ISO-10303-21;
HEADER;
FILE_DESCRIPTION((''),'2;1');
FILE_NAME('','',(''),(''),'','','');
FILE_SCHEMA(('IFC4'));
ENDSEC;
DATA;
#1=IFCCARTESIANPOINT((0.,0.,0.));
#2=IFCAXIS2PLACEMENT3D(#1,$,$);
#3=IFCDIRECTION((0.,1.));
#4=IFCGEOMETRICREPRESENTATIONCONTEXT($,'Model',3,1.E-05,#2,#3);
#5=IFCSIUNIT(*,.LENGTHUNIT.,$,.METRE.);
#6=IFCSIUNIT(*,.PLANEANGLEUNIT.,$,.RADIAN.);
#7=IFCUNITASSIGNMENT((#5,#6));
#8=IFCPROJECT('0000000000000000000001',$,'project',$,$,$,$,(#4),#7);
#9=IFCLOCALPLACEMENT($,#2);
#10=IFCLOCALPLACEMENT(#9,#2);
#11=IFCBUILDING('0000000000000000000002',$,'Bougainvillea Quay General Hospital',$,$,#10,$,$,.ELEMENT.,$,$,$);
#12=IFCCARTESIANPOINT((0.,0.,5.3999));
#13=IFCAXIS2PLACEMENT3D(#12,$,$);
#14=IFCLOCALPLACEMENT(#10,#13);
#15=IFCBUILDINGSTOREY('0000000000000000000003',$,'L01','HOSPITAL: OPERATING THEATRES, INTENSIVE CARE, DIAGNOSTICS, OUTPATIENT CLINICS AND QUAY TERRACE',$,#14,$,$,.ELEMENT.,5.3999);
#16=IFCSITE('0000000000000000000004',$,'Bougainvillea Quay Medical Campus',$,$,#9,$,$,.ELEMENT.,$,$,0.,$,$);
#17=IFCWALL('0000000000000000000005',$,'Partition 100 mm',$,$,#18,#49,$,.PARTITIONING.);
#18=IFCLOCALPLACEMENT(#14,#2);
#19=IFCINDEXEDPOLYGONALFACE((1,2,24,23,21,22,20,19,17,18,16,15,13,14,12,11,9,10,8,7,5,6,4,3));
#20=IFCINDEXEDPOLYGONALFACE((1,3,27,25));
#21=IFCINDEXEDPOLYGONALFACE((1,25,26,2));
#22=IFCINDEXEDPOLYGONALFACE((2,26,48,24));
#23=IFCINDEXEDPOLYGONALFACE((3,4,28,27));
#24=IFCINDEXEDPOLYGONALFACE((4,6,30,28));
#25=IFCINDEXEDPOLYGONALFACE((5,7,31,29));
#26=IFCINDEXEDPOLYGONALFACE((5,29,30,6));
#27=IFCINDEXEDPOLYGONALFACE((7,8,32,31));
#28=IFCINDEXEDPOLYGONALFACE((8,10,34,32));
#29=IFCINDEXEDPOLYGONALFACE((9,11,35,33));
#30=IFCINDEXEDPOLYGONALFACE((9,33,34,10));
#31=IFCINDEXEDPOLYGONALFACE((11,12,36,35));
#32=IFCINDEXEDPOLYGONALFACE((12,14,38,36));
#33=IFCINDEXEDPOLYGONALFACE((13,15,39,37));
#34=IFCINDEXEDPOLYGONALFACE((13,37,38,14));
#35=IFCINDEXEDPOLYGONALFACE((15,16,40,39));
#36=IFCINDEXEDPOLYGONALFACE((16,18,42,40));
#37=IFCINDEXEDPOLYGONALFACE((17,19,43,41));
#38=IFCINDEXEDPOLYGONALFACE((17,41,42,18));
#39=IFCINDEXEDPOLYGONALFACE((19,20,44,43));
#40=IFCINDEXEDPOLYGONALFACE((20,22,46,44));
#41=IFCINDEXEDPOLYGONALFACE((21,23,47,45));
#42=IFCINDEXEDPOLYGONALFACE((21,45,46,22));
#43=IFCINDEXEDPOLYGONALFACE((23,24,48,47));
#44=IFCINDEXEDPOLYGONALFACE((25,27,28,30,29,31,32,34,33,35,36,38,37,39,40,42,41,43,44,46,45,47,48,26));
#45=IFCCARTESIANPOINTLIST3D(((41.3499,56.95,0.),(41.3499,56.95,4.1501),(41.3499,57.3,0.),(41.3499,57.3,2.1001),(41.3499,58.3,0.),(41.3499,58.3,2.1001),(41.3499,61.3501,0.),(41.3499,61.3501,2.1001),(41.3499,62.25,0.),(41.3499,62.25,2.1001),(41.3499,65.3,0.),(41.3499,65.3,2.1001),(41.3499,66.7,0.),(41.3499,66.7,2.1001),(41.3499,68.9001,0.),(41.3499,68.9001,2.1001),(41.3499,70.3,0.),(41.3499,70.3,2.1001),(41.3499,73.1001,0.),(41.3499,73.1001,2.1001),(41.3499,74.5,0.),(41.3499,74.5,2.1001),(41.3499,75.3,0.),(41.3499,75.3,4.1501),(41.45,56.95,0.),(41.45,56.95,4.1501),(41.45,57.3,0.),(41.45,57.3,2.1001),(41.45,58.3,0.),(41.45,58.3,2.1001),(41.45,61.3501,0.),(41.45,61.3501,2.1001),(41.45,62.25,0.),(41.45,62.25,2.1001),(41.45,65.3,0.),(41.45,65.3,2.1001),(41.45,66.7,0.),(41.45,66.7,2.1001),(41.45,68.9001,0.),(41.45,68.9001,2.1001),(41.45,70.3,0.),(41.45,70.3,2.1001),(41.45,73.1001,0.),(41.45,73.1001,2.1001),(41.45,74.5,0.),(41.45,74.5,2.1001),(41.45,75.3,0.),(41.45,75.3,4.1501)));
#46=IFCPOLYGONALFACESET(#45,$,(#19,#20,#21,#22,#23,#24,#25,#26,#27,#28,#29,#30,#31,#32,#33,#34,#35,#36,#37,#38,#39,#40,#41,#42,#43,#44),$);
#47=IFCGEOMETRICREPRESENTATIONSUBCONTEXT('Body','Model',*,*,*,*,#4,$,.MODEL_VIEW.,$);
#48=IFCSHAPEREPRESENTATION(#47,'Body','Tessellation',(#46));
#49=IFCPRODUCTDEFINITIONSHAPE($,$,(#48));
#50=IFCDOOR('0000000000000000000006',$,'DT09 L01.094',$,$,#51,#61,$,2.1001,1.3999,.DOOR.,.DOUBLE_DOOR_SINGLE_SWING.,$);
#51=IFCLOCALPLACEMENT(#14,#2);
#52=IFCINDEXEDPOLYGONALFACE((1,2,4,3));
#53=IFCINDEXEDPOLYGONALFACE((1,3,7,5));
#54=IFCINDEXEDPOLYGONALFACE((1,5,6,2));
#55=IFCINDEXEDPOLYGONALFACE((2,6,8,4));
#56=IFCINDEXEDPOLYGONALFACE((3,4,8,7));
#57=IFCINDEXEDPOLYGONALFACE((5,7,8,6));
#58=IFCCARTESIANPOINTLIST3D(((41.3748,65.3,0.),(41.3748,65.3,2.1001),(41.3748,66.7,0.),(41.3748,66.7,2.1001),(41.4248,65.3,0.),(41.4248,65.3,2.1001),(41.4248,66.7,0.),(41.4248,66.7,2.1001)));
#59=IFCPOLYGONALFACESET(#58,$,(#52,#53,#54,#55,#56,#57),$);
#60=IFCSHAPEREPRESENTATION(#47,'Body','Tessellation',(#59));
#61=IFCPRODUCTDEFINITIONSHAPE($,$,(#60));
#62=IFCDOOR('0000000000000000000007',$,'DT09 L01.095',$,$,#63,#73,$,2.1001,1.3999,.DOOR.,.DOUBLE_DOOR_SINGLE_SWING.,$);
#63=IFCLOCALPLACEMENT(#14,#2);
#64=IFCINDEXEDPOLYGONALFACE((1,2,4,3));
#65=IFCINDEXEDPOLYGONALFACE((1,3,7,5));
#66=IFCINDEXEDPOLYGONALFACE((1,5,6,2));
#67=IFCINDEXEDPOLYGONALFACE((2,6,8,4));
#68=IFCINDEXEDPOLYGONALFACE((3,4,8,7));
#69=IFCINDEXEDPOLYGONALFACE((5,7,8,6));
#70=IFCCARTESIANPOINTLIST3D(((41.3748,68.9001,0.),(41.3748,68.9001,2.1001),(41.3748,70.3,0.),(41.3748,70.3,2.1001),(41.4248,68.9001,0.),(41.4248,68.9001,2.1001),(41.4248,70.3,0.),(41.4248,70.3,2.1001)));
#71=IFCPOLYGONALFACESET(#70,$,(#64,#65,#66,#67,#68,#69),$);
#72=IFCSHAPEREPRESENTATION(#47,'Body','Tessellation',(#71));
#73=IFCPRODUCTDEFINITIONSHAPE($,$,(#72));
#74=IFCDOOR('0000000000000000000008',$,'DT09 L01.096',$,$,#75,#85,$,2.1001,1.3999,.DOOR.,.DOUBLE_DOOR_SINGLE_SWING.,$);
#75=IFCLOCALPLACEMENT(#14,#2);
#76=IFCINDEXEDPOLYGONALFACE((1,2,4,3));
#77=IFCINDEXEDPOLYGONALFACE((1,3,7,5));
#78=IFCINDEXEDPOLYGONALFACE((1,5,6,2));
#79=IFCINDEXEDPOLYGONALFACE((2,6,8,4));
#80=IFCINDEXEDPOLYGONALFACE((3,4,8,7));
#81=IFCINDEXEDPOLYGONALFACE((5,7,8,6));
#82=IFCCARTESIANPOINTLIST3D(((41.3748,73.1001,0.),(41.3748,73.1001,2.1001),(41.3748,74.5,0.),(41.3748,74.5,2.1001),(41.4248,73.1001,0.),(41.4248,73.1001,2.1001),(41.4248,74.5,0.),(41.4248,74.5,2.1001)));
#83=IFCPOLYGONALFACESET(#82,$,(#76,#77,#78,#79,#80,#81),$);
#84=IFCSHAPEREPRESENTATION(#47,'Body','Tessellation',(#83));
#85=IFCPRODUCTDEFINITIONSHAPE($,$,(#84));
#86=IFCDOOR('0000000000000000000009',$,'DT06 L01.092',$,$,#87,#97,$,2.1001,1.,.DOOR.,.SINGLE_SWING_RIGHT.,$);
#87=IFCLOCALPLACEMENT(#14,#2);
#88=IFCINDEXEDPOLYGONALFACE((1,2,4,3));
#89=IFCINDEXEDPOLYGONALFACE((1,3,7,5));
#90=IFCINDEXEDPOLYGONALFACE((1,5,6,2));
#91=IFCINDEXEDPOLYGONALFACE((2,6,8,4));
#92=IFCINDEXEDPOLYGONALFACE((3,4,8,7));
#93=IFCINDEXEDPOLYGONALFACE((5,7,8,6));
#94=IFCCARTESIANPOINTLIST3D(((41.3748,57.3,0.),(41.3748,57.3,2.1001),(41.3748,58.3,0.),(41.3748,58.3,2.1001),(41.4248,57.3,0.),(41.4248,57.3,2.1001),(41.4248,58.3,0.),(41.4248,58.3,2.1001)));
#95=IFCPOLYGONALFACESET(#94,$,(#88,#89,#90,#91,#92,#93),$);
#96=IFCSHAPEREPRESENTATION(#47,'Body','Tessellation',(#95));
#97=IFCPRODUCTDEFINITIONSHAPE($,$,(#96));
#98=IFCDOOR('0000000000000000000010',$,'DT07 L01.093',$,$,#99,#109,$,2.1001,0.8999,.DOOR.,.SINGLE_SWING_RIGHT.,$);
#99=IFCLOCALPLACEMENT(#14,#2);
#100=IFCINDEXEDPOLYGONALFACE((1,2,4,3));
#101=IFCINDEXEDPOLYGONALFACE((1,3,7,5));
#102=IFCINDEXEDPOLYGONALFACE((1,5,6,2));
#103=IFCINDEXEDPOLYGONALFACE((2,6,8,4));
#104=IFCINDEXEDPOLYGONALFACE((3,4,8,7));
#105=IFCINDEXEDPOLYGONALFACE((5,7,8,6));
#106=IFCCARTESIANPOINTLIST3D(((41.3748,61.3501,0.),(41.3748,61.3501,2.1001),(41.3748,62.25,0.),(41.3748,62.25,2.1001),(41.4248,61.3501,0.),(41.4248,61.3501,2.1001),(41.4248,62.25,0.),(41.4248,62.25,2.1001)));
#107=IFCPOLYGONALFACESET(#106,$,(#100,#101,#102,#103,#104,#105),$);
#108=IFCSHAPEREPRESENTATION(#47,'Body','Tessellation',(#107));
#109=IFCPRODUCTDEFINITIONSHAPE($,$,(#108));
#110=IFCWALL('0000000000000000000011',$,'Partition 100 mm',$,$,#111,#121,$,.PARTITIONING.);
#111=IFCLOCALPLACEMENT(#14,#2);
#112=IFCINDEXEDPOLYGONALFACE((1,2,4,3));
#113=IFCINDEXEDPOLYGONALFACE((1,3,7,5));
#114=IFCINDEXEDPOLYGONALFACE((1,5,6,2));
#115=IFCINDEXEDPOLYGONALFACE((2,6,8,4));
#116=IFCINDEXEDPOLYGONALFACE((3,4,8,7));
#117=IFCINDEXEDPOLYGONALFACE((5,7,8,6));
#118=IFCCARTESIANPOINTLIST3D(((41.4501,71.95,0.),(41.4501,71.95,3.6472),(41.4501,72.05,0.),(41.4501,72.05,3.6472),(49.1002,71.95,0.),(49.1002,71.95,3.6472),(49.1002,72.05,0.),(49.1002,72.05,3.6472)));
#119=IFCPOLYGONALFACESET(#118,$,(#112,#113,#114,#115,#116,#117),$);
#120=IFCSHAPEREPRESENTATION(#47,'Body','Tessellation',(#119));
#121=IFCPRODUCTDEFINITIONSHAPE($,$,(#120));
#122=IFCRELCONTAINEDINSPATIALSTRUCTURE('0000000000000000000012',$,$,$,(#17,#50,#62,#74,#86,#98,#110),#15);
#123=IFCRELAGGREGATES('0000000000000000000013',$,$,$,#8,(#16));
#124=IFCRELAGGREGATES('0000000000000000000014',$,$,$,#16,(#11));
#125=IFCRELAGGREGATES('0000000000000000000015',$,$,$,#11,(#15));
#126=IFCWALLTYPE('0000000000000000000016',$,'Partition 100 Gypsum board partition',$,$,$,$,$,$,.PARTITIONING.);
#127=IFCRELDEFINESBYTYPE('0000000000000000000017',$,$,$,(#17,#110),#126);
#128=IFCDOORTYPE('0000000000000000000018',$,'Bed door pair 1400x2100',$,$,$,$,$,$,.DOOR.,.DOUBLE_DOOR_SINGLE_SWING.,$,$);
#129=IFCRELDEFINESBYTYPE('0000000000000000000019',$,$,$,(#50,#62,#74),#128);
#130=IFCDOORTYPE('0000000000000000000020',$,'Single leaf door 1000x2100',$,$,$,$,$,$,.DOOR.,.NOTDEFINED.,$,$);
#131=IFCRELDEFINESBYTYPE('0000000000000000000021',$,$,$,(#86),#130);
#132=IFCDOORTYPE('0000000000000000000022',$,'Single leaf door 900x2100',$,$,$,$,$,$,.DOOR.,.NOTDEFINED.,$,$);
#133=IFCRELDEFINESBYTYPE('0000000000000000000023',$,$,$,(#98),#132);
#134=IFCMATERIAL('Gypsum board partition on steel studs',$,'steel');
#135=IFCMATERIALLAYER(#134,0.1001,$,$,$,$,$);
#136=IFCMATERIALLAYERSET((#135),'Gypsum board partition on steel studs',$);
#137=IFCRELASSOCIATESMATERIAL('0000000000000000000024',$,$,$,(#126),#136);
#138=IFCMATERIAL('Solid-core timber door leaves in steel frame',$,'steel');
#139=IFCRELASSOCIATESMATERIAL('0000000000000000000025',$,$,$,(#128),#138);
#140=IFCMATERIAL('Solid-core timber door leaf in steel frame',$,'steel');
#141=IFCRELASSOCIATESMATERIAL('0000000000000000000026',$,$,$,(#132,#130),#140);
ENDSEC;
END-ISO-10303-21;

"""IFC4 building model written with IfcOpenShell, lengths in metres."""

from ifc_helpers import new_model, si_unit, direction, frame, frame_2d, origin, place, context, subcontext, project, spatial, rectangle, extrude, material, layer, layer_set, type_object, element, fill, save


model = new_model("IFC4")

# Units and contexts
model_context = context("Model", 3, precision=1e-05, world=origin(), true_north=direction((0.0, 1.0)))
body_context = subcontext(model_context, "Body", "Model", "MODEL_VIEW")
ifc_project = project(units=[si_unit("LENGTHUNIT", "METRE"), si_unit("PLANEANGLEUNIT", "RADIAN")], contexts=[model_context])

# Site, building, storey
site_placement = place(None, origin())
site = spatial("IfcSite", under=ifc_project, at=site_placement, Name="Bougainvillea Quay Medical Campus", CompositionType="ELEMENT", RefElevation=0.0)
building_placement = place(site_placement, origin())
building = spatial("IfcBuilding", under=site, at=building_placement, Name="Bougainvillea Quay General Hospital", CompositionType="ELEMENT")
storey_placement = place(building_placement, frame((0.0, 0.0, 5.3999)))
storey = spatial("IfcBuildingStorey", under=building, at=storey_placement, Name="L01", Description="HOSPITAL: OPERATING THEATRES, INTENSIVE CARE, DIAGNOSTICS, OUTPATIENT CLINICS AND QUAY TERRACE", CompositionType="ELEMENT", Elevation=5.3999)

# Wall, openings, doors
ifc_material_1 = material(Name="Gypsum board partition on steel studs", Category="steel")
ifc_layer_1 = layer(ifc_material_1, 0.1001)
ifc_layer_set_1 = layer_set([ifc_layer_1], Name="Gypsum board partition on steel studs")
wall_type_1 = type_object("IfcWallType", Name="Partition 100 Gypsum board partition", PredefinedType="PARTITIONING", material=ifc_layer_set_1)
ifc_material_2 = material(Name="Solid-core timber door leaves in steel frame", Category="steel")
door_type_1 = type_object("IfcDoorType", Name="Bed door pair 1400x2100", OperationType="DOUBLE_DOOR_SINGLE_SWING", PredefinedType="DOOR", material=ifc_material_2)
ifc_material_3 = material(Name="Solid-core timber door leaf in steel frame", Category="steel")
door_type_2 = type_object("IfcDoorType", Name="Single leaf door 900x2100", OperationType="NOTDEFINED", PredefinedType="DOOR", material=ifc_material_3)
wall_1_placement = place(storey_placement, frame((41.3999, 75.3, 0.0), z_axis=(0.0, 0.0, 1.0), x_axis=(0.0, -1.0, 0.0)))
wall_1 = element("IfcWall", 1, at=wall_1_placement, inside=storey, type_object=wall_type_1, Name="Partition 100 mm", PredefinedType="PARTITIONING", context=body_context, shape_type="SweptSolid", body=[
    extrude(rectangle(XDim=18.3501, YDim=0.1001, at=frame_2d((9.175, 0.0))), origin(), (0.0, 0.0, 1.0), 4.1501),
])
opening_1_placement = place(wall_1_placement, frame((17.0, 0.0, 0.0)))
opening_1 = element("IfcOpeningElement", 2, at=opening_1_placement, cuts=wall_1, PredefinedType="OPENING", context=body_context, shape_type="SweptSolid", body=[
    extrude(rectangle(XDim=1.0, YDim=2.1001, at=frame_2d((0.5, 1.05))), frame((0.0, 0.0601, 0.0), z_axis=(0.0, -1.0, 0.0), x_axis=(1.0, 0.0, 0.0)), (0.0, 0.0, 1.0), 0.1201),
])
opening_2_placement = place(wall_1_placement, frame((13.05, 0.0, 0.0)))
opening_2 = element("IfcOpeningElement", 3, at=opening_2_placement, cuts=wall_1, PredefinedType="OPENING", context=body_context, shape_type="SweptSolid", body=[
    extrude(rectangle(XDim=0.8999, YDim=2.1001, at=frame_2d((0.45, 1.05))), frame((0.0, 0.0601, 0.0), z_axis=(0.0, -1.0, 0.0), x_axis=(1.0, 0.0, 0.0)), (0.0, 0.0, 1.0), 0.1201),
])
opening_3_placement = place(wall_1_placement, frame((8.6001, 0.0, 0.0)))
opening_3 = element("IfcOpeningElement", 4, at=opening_3_placement, cuts=wall_1, PredefinedType="OPENING", context=body_context, shape_type="SweptSolid", body=[
    extrude(rectangle(XDim=1.3999, YDim=2.1001, at=frame_2d((0.7, 1.05))), frame((0.0, 0.0601, 0.0), z_axis=(0.0, -1.0, 0.0), x_axis=(1.0, 0.0, 0.0)), (0.0, 0.0, 1.0), 0.1201),
])
opening_4_placement = place(wall_1_placement, frame((5.0, 0.0, 0.0)))
opening_4 = element("IfcOpeningElement", 5, at=opening_4_placement, cuts=wall_1, PredefinedType="OPENING", context=body_context, shape_type="SweptSolid", body=[
    extrude(rectangle(XDim=1.3999, YDim=2.1001, at=frame_2d((0.7, 1.05))), frame((0.0, 0.0601, 0.0), z_axis=(0.0, -1.0, 0.0), x_axis=(1.0, 0.0, 0.0)), (0.0, 0.0, 1.0), 0.1201),
])
opening_5_placement = place(wall_1_placement, frame((0.8, 0.0, 0.0)))
opening_5 = element("IfcOpeningElement", 6, at=opening_5_placement, cuts=wall_1, PredefinedType="OPENING", context=body_context, shape_type="SweptSolid", body=[
    extrude(rectangle(XDim=1.3999, YDim=2.1001, at=frame_2d((0.7, 1.05))), frame((0.0, 0.0601, 0.0), z_axis=(0.0, -1.0, 0.0), x_axis=(1.0, 0.0, 0.0)), (0.0, 0.0, 1.0), 0.1201),
])
door_1_placement = place(opening_3_placement, origin())
door_1 = element("IfcDoor", 7, at=door_1_placement, inside=storey, type_object=door_type_1, Name="DT09 L01.094", OperationType="DOUBLE_DOOR_SINGLE_SWING", OverallHeight=2.1001, OverallWidth=1.3999, PredefinedType="DOOR", context=body_context, shape_type="SweptSolid", body=[
    extrude(rectangle(XDim=1.3999, YDim=2.1001, at=frame_2d((0.7, 1.05))), frame((0.0, 0.0249, 0.0), z_axis=(0.0, -1.0, 0.0), x_axis=(1.0, 0.0, 0.0)), (0.0, 0.0, 1.0), 0.05),
])
fill(opening_3, door_1)
door_2_placement = place(opening_4_placement, origin())
door_2 = element("IfcDoor", 8, at=door_2_placement, inside=storey, type_object=door_type_1, Name="DT09 L01.095", OperationType="DOUBLE_DOOR_SINGLE_SWING", OverallHeight=2.1001, OverallWidth=1.3999, PredefinedType="DOOR", context=body_context, shape_type="SweptSolid", body=[
    extrude(rectangle(XDim=1.3999, YDim=2.1001, at=frame_2d((0.7, 1.05))), frame((0.0, 0.0249, 0.0), z_axis=(0.0, -1.0, 0.0), x_axis=(1.0, 0.0, 0.0)), (0.0, 0.0, 1.0), 0.05),
])
fill(opening_4, door_2)
door_3_placement = place(opening_5_placement, origin())
door_3 = element("IfcDoor", 9, at=door_3_placement, inside=storey, type_object=door_type_1, Name="DT09 L01.096", OperationType="DOUBLE_DOOR_SINGLE_SWING", OverallHeight=2.1001, OverallWidth=1.3999, PredefinedType="DOOR", context=body_context, shape_type="SweptSolid", body=[
    extrude(rectangle(XDim=1.3999, YDim=2.1001, at=frame_2d((0.7, 1.05))), frame((0.0, 0.0249, 0.0), z_axis=(0.0, -1.0, 0.0), x_axis=(1.0, 0.0, 0.0)), (0.0, 0.0, 1.0), 0.05),
])
fill(opening_5, door_3)
door_type_3 = type_object("IfcDoorType", Name="Single leaf door 1000x2100", OperationType="NOTDEFINED", PredefinedType="DOOR", material=ifc_material_3)
door_4_placement = place(opening_1_placement, origin())
door_4 = element("IfcDoor", 10, at=door_4_placement, inside=storey, type_object=door_type_3, Name="DT06 L01.092", OperationType="SINGLE_SWING_RIGHT", OverallHeight=2.1001, OverallWidth=1.0, PredefinedType="DOOR", context=body_context, shape_type="SweptSolid", body=[
    extrude(rectangle(XDim=1.0, YDim=2.1001, at=frame_2d((0.5, 1.05))), frame((0.0, 0.0249, 0.0), z_axis=(0.0, -1.0, 0.0), x_axis=(1.0, 0.0, 0.0)), (0.0, 0.0, 1.0), 0.05),
])
fill(opening_1, door_4)
door_5_placement = place(opening_2_placement, origin())
door_5 = element("IfcDoor", 11, at=door_5_placement, inside=storey, type_object=door_type_2, Name="DT07 L01.093", OperationType="SINGLE_SWING_RIGHT", OverallHeight=2.1001, OverallWidth=0.8999, PredefinedType="DOOR", context=body_context, shape_type="SweptSolid", body=[
    extrude(rectangle(XDim=0.8999, YDim=2.1001, at=frame_2d((0.45, 1.05))), frame((0.0, 0.0249, 0.0), z_axis=(0.0, -1.0, 0.0), x_axis=(1.0, 0.0, 0.0)), (0.0, 0.0, 1.0), 0.05),
])
fill(opening_2, door_5)

# Wall
wall_2_placement = place(storey_placement, frame((41.45, 72.0, 0.0), z_axis=(0.0, 0.0, 1.0), x_axis=(1.0, 0.0, 0.0)))
element("IfcWall", 12, at=wall_2_placement, inside=storey, type_object=wall_type_1, Name="Partition 100 mm", PredefinedType="PARTITIONING", context=body_context, shape_type="SweptSolid", body=[
    extrude(rectangle(XDim=7.6501, YDim=0.1001, at=frame_2d((3.8252, 0.0))), origin(), (0.0, 0.0, 1.0), 3.6472),
])

save(model, "model.ifc")
